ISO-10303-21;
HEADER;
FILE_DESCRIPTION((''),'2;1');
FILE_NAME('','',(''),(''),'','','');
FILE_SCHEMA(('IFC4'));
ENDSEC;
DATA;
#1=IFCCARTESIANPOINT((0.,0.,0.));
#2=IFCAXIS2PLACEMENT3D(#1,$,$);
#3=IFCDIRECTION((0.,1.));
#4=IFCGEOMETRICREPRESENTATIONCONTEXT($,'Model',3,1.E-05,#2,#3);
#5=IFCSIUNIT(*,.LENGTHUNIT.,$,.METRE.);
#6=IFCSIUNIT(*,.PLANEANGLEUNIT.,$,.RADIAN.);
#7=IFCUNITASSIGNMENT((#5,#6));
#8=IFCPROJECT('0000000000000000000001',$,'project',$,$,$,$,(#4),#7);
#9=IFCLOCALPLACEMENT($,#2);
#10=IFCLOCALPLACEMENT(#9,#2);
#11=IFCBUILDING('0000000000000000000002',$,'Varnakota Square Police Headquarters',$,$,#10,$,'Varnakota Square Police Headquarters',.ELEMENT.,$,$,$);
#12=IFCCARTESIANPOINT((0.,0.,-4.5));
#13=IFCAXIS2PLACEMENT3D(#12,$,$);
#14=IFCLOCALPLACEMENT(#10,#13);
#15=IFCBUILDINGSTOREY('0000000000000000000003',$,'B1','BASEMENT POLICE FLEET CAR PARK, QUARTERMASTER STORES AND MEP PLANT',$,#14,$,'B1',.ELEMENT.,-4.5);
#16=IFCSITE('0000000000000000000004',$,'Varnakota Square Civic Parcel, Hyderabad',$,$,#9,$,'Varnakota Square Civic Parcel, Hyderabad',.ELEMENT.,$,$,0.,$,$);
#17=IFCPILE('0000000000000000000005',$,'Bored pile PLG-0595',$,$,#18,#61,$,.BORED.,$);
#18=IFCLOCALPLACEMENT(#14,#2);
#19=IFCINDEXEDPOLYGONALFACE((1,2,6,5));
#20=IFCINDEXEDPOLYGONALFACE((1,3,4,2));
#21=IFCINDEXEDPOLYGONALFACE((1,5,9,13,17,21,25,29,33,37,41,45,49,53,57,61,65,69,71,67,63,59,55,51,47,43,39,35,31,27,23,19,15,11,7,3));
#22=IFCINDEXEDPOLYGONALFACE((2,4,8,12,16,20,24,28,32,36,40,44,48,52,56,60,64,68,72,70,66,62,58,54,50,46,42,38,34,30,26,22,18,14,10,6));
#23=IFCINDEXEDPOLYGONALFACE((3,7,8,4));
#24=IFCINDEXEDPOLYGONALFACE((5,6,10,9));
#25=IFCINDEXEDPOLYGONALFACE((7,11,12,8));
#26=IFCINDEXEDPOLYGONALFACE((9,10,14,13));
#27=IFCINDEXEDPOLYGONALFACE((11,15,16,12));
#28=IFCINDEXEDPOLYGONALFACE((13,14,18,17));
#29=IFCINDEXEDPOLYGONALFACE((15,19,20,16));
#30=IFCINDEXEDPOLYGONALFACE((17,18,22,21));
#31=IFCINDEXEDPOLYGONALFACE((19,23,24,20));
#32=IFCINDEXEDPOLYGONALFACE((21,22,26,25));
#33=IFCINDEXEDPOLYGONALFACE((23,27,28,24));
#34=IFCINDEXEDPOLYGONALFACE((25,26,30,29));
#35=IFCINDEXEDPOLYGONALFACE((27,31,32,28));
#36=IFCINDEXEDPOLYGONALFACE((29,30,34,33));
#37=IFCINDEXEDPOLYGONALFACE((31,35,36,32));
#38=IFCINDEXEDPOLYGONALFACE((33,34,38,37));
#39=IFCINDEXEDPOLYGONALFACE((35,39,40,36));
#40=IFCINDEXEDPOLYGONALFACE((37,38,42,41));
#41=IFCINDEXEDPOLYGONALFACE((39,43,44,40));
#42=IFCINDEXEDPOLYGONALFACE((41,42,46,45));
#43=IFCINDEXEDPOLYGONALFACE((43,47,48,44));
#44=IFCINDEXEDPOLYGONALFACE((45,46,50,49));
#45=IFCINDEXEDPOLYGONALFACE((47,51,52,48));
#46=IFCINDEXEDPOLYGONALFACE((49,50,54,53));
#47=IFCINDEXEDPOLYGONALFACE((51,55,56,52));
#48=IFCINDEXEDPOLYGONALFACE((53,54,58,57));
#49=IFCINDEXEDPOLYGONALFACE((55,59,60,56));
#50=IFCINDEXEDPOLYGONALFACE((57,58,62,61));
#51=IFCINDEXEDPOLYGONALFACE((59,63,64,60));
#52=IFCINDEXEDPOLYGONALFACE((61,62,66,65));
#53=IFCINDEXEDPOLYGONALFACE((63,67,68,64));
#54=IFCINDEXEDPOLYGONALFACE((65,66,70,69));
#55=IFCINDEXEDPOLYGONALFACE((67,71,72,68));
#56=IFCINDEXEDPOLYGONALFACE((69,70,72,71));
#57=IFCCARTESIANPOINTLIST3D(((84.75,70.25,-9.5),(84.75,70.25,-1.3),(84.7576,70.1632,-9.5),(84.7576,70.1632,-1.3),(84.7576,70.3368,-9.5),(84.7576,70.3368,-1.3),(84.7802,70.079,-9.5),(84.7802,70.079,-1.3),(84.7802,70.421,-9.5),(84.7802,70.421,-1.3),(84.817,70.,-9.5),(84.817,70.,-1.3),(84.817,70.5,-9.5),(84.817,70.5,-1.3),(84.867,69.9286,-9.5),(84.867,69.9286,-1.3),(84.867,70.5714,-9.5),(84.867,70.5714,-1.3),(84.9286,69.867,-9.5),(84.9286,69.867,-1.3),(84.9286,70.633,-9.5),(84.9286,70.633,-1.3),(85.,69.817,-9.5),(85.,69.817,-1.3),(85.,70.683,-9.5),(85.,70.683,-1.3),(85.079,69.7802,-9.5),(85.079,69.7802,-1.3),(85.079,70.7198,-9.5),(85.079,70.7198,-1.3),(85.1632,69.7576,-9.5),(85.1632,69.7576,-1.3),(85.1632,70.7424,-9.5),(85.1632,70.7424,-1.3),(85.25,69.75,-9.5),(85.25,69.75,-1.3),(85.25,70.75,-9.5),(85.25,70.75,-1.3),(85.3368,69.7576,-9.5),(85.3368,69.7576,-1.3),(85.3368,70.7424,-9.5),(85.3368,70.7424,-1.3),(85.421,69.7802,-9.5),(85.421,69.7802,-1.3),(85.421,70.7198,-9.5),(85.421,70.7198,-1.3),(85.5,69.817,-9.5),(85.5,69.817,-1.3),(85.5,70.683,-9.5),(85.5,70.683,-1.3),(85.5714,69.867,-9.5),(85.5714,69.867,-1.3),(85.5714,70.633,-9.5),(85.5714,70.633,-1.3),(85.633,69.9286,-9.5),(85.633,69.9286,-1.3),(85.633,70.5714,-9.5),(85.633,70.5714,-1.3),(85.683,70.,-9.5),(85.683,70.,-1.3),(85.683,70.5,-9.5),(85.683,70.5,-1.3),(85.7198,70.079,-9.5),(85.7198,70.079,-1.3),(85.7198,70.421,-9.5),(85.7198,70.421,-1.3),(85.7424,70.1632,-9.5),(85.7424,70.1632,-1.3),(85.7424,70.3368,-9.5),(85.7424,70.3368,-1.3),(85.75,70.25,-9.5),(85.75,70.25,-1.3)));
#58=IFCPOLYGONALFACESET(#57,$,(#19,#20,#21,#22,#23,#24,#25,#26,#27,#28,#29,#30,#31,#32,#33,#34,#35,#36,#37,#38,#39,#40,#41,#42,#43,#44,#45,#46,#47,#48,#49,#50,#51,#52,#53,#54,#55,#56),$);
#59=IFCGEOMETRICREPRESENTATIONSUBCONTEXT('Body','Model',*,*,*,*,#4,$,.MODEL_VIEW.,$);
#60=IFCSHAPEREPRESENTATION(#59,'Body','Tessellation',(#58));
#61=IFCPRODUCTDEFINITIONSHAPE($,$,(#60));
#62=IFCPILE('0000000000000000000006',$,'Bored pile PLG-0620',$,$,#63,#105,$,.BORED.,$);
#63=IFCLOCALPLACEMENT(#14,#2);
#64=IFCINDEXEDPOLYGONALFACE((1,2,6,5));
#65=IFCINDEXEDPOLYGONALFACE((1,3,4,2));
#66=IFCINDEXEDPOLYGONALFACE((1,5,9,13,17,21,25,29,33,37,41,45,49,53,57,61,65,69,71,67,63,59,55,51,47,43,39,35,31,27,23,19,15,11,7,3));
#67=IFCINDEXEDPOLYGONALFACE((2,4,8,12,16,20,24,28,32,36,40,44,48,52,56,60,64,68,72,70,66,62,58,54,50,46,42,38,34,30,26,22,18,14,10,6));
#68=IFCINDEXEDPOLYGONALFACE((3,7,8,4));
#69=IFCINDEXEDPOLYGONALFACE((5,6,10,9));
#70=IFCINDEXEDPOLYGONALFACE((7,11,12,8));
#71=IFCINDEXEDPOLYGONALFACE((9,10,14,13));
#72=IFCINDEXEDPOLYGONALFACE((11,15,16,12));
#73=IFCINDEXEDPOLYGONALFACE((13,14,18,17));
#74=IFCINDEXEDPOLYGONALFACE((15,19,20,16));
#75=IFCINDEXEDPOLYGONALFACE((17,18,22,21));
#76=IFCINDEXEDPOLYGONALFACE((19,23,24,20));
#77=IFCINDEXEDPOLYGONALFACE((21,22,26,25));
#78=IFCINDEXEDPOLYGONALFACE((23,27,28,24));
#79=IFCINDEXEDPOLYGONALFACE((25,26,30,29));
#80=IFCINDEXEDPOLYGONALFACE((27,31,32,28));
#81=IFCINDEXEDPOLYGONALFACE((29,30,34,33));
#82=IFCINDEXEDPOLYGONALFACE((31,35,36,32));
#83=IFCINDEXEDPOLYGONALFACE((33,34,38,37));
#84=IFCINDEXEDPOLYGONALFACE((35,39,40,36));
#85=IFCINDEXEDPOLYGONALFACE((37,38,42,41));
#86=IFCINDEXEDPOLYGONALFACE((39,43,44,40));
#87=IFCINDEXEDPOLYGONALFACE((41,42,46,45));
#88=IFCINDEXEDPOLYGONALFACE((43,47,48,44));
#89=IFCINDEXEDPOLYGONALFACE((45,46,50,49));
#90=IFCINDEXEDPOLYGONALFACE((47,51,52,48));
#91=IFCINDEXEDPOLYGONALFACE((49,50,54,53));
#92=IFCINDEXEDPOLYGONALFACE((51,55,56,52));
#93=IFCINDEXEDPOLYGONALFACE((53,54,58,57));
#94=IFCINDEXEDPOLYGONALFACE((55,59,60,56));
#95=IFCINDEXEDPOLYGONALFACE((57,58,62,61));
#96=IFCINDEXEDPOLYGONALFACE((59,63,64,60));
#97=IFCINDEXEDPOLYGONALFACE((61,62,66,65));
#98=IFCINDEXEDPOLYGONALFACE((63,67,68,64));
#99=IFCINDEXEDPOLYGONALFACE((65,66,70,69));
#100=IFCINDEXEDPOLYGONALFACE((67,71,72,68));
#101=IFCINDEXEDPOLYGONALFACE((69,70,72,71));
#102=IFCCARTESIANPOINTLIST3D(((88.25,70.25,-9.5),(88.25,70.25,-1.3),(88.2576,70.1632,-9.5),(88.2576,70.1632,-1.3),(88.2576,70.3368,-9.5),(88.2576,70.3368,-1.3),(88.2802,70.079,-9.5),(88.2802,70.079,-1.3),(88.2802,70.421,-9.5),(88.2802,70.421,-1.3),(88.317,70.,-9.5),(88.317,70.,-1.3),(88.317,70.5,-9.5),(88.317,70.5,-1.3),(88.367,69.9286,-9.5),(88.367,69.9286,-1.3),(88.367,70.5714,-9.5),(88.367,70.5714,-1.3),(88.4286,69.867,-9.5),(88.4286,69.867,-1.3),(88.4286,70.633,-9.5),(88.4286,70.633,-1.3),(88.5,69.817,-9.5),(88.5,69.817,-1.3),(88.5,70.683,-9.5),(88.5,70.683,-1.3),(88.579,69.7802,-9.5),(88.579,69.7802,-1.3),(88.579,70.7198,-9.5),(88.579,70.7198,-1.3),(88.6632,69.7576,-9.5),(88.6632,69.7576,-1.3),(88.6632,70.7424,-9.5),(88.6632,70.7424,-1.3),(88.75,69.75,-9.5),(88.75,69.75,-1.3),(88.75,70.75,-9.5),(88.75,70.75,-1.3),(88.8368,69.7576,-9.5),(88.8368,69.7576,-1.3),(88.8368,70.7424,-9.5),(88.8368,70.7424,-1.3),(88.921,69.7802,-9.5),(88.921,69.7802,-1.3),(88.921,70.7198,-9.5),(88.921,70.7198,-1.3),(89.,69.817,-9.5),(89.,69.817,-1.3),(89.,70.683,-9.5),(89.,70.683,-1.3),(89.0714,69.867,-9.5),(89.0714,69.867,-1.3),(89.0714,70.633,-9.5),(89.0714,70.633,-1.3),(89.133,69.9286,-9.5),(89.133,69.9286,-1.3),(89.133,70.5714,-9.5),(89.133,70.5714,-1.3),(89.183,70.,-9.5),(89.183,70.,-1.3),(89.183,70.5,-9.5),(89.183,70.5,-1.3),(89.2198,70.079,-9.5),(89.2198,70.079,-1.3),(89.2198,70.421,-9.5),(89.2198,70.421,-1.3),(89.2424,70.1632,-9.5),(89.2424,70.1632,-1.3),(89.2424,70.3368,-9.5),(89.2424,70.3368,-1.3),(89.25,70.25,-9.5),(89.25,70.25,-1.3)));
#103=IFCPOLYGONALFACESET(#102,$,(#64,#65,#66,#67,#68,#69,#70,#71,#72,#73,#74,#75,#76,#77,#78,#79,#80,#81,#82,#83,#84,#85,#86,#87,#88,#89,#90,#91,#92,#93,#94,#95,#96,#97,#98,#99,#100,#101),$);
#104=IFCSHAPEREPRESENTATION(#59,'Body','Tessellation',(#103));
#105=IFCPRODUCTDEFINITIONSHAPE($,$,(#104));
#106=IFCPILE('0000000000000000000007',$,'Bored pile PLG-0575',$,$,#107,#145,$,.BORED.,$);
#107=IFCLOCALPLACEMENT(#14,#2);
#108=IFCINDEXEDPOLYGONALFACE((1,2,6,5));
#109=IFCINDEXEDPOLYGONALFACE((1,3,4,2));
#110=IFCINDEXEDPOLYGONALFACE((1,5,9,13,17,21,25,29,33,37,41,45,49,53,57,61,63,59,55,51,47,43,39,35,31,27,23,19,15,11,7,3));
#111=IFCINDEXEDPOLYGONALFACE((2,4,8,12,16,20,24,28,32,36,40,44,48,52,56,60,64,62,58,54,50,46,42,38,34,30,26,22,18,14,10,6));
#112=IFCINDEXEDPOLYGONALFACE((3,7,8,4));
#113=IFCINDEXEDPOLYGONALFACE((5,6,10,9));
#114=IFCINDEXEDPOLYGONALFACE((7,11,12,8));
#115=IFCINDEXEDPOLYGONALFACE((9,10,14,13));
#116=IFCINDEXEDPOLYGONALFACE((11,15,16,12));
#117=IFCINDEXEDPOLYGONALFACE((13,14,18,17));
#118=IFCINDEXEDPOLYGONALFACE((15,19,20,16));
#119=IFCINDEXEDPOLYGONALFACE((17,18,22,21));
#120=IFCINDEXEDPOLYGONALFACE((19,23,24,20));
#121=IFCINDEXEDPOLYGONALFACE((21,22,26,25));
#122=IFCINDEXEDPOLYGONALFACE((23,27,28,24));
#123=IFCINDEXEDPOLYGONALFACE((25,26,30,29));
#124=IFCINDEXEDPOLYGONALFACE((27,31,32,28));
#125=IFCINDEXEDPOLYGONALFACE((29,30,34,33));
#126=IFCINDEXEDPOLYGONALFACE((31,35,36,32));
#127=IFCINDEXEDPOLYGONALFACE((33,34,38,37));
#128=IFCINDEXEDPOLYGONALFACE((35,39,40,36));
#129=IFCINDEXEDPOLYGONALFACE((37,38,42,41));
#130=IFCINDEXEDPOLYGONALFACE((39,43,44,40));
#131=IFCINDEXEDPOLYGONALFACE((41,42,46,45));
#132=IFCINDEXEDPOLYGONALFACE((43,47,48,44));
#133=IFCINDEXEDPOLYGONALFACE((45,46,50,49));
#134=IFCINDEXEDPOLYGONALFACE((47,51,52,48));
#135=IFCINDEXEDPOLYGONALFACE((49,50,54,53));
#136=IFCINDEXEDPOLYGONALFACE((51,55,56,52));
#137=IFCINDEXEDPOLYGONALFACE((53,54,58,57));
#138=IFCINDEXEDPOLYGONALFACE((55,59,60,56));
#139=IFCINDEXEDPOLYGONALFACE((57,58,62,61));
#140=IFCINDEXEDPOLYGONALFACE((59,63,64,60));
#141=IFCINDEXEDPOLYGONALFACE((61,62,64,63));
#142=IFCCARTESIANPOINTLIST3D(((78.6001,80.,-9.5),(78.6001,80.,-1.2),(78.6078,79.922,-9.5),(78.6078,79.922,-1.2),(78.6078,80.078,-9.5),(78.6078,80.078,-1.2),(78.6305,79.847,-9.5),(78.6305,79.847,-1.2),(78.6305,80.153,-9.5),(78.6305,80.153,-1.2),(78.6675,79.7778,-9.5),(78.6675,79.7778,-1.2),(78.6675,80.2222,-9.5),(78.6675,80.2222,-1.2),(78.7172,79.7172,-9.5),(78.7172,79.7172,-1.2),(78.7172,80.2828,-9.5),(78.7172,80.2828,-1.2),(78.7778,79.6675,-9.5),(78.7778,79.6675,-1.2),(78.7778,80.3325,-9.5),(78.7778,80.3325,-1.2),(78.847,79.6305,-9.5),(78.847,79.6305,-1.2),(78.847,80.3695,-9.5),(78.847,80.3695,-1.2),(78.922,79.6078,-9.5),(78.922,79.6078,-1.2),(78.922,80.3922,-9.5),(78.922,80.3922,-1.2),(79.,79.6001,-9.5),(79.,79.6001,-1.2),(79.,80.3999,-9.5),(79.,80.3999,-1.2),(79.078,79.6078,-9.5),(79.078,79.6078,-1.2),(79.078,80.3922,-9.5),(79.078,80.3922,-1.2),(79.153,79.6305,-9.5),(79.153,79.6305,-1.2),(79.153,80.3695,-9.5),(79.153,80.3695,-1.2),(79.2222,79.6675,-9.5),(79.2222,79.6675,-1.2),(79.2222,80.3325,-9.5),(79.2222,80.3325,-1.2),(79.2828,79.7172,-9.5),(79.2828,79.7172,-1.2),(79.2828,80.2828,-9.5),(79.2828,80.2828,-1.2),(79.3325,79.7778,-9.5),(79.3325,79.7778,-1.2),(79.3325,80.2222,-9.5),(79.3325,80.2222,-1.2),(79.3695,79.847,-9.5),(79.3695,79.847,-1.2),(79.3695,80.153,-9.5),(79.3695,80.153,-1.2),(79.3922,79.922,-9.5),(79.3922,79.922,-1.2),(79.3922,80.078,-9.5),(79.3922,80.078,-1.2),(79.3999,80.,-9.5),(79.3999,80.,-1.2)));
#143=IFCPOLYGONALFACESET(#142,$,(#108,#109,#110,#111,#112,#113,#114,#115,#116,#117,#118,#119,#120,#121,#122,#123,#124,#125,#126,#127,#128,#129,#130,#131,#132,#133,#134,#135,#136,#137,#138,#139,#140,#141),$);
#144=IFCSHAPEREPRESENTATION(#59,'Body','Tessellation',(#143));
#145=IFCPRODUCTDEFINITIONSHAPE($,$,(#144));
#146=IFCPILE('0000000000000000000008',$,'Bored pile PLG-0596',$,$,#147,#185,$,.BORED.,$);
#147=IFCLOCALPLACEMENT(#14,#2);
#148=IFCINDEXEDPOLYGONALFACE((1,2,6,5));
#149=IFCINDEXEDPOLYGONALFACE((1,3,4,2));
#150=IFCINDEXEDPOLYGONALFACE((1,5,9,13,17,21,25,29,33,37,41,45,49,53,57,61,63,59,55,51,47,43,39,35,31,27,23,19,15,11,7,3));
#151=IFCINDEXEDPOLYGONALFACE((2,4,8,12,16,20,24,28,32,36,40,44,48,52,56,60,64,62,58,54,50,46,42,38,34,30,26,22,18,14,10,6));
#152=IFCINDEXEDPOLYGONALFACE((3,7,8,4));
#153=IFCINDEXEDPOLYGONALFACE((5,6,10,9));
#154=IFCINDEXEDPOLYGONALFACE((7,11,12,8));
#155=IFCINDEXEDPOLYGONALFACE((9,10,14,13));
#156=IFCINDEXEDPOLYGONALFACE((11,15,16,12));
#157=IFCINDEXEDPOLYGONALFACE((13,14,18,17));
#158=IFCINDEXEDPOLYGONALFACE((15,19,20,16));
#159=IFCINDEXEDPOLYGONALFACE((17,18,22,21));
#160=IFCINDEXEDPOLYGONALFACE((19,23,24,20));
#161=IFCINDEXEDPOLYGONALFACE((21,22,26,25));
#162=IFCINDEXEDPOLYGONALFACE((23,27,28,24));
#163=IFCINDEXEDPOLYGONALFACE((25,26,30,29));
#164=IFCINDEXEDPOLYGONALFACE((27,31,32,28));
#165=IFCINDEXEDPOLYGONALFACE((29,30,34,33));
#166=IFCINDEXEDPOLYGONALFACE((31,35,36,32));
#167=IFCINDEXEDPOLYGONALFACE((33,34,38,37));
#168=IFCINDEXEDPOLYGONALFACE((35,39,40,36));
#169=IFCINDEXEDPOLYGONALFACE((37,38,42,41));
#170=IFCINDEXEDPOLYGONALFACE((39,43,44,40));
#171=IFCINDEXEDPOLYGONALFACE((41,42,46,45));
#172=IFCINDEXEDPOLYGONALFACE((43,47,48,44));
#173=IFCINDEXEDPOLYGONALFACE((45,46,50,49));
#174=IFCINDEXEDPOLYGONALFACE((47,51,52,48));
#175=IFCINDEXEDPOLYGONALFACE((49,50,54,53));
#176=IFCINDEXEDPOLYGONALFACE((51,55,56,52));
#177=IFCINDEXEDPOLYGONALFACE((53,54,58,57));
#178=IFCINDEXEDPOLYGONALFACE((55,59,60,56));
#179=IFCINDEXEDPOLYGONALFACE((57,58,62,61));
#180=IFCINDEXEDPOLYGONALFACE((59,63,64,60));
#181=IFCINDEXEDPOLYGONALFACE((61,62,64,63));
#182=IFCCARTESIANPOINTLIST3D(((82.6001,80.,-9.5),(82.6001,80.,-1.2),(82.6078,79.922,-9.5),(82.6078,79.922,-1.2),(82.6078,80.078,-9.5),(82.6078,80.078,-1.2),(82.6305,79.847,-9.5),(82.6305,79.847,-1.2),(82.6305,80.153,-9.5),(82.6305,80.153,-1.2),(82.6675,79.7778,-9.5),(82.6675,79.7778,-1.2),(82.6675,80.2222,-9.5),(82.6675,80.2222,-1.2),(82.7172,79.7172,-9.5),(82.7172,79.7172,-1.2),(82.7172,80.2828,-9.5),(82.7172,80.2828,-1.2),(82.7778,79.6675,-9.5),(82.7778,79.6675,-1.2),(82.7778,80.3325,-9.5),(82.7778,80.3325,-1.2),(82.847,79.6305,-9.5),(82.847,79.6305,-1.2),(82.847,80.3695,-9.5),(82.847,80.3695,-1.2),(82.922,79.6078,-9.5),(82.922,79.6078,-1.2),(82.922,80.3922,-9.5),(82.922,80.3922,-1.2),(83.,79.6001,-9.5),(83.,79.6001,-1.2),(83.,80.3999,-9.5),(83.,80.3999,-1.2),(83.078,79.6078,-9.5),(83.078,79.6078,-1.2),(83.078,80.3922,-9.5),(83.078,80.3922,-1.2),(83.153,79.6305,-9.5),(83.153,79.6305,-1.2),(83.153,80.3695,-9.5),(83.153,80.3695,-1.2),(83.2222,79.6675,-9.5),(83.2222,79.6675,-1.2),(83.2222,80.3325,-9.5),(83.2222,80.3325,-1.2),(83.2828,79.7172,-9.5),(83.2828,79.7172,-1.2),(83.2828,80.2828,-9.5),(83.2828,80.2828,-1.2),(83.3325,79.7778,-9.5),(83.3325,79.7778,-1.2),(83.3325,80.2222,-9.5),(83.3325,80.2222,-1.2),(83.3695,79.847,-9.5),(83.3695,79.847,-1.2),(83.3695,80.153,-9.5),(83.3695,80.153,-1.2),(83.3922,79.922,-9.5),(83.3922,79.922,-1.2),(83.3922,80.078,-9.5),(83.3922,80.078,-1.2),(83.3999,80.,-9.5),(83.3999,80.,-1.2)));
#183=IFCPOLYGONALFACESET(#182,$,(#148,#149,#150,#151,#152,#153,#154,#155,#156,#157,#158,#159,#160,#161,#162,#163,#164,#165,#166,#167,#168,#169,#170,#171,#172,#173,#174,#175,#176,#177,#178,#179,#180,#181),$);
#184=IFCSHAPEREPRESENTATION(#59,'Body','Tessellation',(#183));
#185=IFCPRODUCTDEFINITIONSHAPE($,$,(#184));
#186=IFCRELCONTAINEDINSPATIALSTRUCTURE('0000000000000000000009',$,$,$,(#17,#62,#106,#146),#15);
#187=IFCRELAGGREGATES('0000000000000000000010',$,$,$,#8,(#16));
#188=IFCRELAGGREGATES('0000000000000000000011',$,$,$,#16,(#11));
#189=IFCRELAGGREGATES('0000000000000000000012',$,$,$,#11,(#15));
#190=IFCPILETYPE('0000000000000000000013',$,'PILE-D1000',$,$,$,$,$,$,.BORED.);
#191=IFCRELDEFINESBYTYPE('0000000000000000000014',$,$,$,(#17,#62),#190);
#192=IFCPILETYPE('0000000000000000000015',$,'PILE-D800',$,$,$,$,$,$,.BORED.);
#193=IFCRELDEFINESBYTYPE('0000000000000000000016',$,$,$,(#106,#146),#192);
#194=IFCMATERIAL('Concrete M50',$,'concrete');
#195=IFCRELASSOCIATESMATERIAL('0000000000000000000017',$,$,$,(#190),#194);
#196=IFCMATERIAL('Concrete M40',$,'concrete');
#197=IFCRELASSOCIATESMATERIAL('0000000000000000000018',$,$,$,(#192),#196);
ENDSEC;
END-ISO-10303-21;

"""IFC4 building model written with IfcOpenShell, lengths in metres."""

from ifc_helpers import new_model, si_unit, direction, frame, origin, origin_2d, place, context, subcontext, project, spatial, circle, extrude, material, material_profile, profile_set, type_object, element, save


model = new_model("IFC4")

# Units and contexts
model_context = context("Model", 3, precision=1e-05, world=origin(), true_north=direction((0.0, 1.0)))
body_context = subcontext(model_context, "Body", "Model", "MODEL_VIEW")
ifc_project = project(units=[si_unit("LENGTHUNIT", "METRE"), si_unit("PLANEANGLEUNIT", "RADIAN")], contexts=[model_context])

# Site, building, storey
site_placement = place(None, origin())
site = spatial("IfcSite", under=ifc_project, at=site_placement, Name="Varnakota Square Civic Parcel, Hyderabad", LongName="Varnakota Square Civic Parcel, Hyderabad", CompositionType="ELEMENT", RefElevation=0.0)
building_placement = place(site_placement, origin())
building = spatial("IfcBuilding", under=site, at=building_placement, Name="Varnakota Square Police Headquarters", LongName="Varnakota Square Police Headquarters", CompositionType="ELEMENT")
storey_placement = place(building_placement, frame((0.0, 0.0, -4.5)))
storey = spatial("IfcBuildingStorey", under=building, at=storey_placement, Name="B1", Description="BASEMENT POLICE FLEET CAR PARK, QUARTERMASTER STORES AND MEP PLANT", LongName="B1", CompositionType="ELEMENT", Elevation=-4.5)

# Shared definitions
ifc_material_1 = material(Name="Concrete M40", Category="concrete")

# Piles
ifc_material_2 = material(Name="Concrete M50", Category="concrete")
ifc_material_profile_1 = material_profile(ifc_material_2, circle(Radius=0.5, at=origin_2d()), Name="BORED PILE 1000")
ifc_profile_set_1 = profile_set([ifc_material_profile_1], Name="Concrete M50")
pile_type_1 = type_object("IfcPileType", Name="PILE-D1000", PredefinedType="BORED", material=ifc_profile_set_1)
for number, where, z_axis, x_axis, name in (
    (1, (85.25, 70.25, -1.3), (0.0, 0.0, -1.0), (1.0, 0.0, 0.0), "Bored pile PLG-0595"),
    (2, (88.75, 70.25, -1.3), (0.0, 0.0, -1.0), (1.0, 0.0, 0.0), "Bored pile PLG-0620"),
):
    element("IfcPile", number, at=place(storey_placement, frame(where, z_axis=z_axis, x_axis=x_axis)), inside=storey, type_object=pile_type_1, Name=name, PredefinedType="BORED", context=body_context, shape_type="SweptSolid", body=[
        extrude(circle(Radius=0.5, at=origin_2d()), origin(), (0.0, 0.0, 1.0), 8.2),
    ])
ifc_material_profile_2 = material_profile(ifc_material_1, circle(Radius=0.3999, at=origin_2d()), Name="BORED PILE 800")
ifc_profile_set_2 = profile_set([ifc_material_profile_2], Name="Concrete M40")
pile_type_2 = type_object("IfcPileType", Name="PILE-D800", PredefinedType="BORED", material=ifc_profile_set_2)
for number, where, z_axis, x_axis, name in (
    (3, (79.0, 80.0, -1.2), (0.0, 0.0, -1.0), (1.0, 0.0, 0.0), "Bored pile PLG-0575"),
    (4, (83.0, 80.0, -1.2), (0.0, 0.0, -1.0), (1.0, 0.0, 0.0), "Bored pile PLG-0596"),
):
    element("IfcPile", number, at=place(storey_placement, frame(where, z_axis=z_axis, x_axis=x_axis)), inside=storey, type_object=pile_type_2, Name=name, PredefinedType="BORED", context=body_context, shape_type="SweptSolid", body=[
        extrude(circle(Radius=0.3999, at=origin_2d()), origin(), (0.0, 0.0, 1.0), 8.3),
    ])

save(model, "model.ifc")
